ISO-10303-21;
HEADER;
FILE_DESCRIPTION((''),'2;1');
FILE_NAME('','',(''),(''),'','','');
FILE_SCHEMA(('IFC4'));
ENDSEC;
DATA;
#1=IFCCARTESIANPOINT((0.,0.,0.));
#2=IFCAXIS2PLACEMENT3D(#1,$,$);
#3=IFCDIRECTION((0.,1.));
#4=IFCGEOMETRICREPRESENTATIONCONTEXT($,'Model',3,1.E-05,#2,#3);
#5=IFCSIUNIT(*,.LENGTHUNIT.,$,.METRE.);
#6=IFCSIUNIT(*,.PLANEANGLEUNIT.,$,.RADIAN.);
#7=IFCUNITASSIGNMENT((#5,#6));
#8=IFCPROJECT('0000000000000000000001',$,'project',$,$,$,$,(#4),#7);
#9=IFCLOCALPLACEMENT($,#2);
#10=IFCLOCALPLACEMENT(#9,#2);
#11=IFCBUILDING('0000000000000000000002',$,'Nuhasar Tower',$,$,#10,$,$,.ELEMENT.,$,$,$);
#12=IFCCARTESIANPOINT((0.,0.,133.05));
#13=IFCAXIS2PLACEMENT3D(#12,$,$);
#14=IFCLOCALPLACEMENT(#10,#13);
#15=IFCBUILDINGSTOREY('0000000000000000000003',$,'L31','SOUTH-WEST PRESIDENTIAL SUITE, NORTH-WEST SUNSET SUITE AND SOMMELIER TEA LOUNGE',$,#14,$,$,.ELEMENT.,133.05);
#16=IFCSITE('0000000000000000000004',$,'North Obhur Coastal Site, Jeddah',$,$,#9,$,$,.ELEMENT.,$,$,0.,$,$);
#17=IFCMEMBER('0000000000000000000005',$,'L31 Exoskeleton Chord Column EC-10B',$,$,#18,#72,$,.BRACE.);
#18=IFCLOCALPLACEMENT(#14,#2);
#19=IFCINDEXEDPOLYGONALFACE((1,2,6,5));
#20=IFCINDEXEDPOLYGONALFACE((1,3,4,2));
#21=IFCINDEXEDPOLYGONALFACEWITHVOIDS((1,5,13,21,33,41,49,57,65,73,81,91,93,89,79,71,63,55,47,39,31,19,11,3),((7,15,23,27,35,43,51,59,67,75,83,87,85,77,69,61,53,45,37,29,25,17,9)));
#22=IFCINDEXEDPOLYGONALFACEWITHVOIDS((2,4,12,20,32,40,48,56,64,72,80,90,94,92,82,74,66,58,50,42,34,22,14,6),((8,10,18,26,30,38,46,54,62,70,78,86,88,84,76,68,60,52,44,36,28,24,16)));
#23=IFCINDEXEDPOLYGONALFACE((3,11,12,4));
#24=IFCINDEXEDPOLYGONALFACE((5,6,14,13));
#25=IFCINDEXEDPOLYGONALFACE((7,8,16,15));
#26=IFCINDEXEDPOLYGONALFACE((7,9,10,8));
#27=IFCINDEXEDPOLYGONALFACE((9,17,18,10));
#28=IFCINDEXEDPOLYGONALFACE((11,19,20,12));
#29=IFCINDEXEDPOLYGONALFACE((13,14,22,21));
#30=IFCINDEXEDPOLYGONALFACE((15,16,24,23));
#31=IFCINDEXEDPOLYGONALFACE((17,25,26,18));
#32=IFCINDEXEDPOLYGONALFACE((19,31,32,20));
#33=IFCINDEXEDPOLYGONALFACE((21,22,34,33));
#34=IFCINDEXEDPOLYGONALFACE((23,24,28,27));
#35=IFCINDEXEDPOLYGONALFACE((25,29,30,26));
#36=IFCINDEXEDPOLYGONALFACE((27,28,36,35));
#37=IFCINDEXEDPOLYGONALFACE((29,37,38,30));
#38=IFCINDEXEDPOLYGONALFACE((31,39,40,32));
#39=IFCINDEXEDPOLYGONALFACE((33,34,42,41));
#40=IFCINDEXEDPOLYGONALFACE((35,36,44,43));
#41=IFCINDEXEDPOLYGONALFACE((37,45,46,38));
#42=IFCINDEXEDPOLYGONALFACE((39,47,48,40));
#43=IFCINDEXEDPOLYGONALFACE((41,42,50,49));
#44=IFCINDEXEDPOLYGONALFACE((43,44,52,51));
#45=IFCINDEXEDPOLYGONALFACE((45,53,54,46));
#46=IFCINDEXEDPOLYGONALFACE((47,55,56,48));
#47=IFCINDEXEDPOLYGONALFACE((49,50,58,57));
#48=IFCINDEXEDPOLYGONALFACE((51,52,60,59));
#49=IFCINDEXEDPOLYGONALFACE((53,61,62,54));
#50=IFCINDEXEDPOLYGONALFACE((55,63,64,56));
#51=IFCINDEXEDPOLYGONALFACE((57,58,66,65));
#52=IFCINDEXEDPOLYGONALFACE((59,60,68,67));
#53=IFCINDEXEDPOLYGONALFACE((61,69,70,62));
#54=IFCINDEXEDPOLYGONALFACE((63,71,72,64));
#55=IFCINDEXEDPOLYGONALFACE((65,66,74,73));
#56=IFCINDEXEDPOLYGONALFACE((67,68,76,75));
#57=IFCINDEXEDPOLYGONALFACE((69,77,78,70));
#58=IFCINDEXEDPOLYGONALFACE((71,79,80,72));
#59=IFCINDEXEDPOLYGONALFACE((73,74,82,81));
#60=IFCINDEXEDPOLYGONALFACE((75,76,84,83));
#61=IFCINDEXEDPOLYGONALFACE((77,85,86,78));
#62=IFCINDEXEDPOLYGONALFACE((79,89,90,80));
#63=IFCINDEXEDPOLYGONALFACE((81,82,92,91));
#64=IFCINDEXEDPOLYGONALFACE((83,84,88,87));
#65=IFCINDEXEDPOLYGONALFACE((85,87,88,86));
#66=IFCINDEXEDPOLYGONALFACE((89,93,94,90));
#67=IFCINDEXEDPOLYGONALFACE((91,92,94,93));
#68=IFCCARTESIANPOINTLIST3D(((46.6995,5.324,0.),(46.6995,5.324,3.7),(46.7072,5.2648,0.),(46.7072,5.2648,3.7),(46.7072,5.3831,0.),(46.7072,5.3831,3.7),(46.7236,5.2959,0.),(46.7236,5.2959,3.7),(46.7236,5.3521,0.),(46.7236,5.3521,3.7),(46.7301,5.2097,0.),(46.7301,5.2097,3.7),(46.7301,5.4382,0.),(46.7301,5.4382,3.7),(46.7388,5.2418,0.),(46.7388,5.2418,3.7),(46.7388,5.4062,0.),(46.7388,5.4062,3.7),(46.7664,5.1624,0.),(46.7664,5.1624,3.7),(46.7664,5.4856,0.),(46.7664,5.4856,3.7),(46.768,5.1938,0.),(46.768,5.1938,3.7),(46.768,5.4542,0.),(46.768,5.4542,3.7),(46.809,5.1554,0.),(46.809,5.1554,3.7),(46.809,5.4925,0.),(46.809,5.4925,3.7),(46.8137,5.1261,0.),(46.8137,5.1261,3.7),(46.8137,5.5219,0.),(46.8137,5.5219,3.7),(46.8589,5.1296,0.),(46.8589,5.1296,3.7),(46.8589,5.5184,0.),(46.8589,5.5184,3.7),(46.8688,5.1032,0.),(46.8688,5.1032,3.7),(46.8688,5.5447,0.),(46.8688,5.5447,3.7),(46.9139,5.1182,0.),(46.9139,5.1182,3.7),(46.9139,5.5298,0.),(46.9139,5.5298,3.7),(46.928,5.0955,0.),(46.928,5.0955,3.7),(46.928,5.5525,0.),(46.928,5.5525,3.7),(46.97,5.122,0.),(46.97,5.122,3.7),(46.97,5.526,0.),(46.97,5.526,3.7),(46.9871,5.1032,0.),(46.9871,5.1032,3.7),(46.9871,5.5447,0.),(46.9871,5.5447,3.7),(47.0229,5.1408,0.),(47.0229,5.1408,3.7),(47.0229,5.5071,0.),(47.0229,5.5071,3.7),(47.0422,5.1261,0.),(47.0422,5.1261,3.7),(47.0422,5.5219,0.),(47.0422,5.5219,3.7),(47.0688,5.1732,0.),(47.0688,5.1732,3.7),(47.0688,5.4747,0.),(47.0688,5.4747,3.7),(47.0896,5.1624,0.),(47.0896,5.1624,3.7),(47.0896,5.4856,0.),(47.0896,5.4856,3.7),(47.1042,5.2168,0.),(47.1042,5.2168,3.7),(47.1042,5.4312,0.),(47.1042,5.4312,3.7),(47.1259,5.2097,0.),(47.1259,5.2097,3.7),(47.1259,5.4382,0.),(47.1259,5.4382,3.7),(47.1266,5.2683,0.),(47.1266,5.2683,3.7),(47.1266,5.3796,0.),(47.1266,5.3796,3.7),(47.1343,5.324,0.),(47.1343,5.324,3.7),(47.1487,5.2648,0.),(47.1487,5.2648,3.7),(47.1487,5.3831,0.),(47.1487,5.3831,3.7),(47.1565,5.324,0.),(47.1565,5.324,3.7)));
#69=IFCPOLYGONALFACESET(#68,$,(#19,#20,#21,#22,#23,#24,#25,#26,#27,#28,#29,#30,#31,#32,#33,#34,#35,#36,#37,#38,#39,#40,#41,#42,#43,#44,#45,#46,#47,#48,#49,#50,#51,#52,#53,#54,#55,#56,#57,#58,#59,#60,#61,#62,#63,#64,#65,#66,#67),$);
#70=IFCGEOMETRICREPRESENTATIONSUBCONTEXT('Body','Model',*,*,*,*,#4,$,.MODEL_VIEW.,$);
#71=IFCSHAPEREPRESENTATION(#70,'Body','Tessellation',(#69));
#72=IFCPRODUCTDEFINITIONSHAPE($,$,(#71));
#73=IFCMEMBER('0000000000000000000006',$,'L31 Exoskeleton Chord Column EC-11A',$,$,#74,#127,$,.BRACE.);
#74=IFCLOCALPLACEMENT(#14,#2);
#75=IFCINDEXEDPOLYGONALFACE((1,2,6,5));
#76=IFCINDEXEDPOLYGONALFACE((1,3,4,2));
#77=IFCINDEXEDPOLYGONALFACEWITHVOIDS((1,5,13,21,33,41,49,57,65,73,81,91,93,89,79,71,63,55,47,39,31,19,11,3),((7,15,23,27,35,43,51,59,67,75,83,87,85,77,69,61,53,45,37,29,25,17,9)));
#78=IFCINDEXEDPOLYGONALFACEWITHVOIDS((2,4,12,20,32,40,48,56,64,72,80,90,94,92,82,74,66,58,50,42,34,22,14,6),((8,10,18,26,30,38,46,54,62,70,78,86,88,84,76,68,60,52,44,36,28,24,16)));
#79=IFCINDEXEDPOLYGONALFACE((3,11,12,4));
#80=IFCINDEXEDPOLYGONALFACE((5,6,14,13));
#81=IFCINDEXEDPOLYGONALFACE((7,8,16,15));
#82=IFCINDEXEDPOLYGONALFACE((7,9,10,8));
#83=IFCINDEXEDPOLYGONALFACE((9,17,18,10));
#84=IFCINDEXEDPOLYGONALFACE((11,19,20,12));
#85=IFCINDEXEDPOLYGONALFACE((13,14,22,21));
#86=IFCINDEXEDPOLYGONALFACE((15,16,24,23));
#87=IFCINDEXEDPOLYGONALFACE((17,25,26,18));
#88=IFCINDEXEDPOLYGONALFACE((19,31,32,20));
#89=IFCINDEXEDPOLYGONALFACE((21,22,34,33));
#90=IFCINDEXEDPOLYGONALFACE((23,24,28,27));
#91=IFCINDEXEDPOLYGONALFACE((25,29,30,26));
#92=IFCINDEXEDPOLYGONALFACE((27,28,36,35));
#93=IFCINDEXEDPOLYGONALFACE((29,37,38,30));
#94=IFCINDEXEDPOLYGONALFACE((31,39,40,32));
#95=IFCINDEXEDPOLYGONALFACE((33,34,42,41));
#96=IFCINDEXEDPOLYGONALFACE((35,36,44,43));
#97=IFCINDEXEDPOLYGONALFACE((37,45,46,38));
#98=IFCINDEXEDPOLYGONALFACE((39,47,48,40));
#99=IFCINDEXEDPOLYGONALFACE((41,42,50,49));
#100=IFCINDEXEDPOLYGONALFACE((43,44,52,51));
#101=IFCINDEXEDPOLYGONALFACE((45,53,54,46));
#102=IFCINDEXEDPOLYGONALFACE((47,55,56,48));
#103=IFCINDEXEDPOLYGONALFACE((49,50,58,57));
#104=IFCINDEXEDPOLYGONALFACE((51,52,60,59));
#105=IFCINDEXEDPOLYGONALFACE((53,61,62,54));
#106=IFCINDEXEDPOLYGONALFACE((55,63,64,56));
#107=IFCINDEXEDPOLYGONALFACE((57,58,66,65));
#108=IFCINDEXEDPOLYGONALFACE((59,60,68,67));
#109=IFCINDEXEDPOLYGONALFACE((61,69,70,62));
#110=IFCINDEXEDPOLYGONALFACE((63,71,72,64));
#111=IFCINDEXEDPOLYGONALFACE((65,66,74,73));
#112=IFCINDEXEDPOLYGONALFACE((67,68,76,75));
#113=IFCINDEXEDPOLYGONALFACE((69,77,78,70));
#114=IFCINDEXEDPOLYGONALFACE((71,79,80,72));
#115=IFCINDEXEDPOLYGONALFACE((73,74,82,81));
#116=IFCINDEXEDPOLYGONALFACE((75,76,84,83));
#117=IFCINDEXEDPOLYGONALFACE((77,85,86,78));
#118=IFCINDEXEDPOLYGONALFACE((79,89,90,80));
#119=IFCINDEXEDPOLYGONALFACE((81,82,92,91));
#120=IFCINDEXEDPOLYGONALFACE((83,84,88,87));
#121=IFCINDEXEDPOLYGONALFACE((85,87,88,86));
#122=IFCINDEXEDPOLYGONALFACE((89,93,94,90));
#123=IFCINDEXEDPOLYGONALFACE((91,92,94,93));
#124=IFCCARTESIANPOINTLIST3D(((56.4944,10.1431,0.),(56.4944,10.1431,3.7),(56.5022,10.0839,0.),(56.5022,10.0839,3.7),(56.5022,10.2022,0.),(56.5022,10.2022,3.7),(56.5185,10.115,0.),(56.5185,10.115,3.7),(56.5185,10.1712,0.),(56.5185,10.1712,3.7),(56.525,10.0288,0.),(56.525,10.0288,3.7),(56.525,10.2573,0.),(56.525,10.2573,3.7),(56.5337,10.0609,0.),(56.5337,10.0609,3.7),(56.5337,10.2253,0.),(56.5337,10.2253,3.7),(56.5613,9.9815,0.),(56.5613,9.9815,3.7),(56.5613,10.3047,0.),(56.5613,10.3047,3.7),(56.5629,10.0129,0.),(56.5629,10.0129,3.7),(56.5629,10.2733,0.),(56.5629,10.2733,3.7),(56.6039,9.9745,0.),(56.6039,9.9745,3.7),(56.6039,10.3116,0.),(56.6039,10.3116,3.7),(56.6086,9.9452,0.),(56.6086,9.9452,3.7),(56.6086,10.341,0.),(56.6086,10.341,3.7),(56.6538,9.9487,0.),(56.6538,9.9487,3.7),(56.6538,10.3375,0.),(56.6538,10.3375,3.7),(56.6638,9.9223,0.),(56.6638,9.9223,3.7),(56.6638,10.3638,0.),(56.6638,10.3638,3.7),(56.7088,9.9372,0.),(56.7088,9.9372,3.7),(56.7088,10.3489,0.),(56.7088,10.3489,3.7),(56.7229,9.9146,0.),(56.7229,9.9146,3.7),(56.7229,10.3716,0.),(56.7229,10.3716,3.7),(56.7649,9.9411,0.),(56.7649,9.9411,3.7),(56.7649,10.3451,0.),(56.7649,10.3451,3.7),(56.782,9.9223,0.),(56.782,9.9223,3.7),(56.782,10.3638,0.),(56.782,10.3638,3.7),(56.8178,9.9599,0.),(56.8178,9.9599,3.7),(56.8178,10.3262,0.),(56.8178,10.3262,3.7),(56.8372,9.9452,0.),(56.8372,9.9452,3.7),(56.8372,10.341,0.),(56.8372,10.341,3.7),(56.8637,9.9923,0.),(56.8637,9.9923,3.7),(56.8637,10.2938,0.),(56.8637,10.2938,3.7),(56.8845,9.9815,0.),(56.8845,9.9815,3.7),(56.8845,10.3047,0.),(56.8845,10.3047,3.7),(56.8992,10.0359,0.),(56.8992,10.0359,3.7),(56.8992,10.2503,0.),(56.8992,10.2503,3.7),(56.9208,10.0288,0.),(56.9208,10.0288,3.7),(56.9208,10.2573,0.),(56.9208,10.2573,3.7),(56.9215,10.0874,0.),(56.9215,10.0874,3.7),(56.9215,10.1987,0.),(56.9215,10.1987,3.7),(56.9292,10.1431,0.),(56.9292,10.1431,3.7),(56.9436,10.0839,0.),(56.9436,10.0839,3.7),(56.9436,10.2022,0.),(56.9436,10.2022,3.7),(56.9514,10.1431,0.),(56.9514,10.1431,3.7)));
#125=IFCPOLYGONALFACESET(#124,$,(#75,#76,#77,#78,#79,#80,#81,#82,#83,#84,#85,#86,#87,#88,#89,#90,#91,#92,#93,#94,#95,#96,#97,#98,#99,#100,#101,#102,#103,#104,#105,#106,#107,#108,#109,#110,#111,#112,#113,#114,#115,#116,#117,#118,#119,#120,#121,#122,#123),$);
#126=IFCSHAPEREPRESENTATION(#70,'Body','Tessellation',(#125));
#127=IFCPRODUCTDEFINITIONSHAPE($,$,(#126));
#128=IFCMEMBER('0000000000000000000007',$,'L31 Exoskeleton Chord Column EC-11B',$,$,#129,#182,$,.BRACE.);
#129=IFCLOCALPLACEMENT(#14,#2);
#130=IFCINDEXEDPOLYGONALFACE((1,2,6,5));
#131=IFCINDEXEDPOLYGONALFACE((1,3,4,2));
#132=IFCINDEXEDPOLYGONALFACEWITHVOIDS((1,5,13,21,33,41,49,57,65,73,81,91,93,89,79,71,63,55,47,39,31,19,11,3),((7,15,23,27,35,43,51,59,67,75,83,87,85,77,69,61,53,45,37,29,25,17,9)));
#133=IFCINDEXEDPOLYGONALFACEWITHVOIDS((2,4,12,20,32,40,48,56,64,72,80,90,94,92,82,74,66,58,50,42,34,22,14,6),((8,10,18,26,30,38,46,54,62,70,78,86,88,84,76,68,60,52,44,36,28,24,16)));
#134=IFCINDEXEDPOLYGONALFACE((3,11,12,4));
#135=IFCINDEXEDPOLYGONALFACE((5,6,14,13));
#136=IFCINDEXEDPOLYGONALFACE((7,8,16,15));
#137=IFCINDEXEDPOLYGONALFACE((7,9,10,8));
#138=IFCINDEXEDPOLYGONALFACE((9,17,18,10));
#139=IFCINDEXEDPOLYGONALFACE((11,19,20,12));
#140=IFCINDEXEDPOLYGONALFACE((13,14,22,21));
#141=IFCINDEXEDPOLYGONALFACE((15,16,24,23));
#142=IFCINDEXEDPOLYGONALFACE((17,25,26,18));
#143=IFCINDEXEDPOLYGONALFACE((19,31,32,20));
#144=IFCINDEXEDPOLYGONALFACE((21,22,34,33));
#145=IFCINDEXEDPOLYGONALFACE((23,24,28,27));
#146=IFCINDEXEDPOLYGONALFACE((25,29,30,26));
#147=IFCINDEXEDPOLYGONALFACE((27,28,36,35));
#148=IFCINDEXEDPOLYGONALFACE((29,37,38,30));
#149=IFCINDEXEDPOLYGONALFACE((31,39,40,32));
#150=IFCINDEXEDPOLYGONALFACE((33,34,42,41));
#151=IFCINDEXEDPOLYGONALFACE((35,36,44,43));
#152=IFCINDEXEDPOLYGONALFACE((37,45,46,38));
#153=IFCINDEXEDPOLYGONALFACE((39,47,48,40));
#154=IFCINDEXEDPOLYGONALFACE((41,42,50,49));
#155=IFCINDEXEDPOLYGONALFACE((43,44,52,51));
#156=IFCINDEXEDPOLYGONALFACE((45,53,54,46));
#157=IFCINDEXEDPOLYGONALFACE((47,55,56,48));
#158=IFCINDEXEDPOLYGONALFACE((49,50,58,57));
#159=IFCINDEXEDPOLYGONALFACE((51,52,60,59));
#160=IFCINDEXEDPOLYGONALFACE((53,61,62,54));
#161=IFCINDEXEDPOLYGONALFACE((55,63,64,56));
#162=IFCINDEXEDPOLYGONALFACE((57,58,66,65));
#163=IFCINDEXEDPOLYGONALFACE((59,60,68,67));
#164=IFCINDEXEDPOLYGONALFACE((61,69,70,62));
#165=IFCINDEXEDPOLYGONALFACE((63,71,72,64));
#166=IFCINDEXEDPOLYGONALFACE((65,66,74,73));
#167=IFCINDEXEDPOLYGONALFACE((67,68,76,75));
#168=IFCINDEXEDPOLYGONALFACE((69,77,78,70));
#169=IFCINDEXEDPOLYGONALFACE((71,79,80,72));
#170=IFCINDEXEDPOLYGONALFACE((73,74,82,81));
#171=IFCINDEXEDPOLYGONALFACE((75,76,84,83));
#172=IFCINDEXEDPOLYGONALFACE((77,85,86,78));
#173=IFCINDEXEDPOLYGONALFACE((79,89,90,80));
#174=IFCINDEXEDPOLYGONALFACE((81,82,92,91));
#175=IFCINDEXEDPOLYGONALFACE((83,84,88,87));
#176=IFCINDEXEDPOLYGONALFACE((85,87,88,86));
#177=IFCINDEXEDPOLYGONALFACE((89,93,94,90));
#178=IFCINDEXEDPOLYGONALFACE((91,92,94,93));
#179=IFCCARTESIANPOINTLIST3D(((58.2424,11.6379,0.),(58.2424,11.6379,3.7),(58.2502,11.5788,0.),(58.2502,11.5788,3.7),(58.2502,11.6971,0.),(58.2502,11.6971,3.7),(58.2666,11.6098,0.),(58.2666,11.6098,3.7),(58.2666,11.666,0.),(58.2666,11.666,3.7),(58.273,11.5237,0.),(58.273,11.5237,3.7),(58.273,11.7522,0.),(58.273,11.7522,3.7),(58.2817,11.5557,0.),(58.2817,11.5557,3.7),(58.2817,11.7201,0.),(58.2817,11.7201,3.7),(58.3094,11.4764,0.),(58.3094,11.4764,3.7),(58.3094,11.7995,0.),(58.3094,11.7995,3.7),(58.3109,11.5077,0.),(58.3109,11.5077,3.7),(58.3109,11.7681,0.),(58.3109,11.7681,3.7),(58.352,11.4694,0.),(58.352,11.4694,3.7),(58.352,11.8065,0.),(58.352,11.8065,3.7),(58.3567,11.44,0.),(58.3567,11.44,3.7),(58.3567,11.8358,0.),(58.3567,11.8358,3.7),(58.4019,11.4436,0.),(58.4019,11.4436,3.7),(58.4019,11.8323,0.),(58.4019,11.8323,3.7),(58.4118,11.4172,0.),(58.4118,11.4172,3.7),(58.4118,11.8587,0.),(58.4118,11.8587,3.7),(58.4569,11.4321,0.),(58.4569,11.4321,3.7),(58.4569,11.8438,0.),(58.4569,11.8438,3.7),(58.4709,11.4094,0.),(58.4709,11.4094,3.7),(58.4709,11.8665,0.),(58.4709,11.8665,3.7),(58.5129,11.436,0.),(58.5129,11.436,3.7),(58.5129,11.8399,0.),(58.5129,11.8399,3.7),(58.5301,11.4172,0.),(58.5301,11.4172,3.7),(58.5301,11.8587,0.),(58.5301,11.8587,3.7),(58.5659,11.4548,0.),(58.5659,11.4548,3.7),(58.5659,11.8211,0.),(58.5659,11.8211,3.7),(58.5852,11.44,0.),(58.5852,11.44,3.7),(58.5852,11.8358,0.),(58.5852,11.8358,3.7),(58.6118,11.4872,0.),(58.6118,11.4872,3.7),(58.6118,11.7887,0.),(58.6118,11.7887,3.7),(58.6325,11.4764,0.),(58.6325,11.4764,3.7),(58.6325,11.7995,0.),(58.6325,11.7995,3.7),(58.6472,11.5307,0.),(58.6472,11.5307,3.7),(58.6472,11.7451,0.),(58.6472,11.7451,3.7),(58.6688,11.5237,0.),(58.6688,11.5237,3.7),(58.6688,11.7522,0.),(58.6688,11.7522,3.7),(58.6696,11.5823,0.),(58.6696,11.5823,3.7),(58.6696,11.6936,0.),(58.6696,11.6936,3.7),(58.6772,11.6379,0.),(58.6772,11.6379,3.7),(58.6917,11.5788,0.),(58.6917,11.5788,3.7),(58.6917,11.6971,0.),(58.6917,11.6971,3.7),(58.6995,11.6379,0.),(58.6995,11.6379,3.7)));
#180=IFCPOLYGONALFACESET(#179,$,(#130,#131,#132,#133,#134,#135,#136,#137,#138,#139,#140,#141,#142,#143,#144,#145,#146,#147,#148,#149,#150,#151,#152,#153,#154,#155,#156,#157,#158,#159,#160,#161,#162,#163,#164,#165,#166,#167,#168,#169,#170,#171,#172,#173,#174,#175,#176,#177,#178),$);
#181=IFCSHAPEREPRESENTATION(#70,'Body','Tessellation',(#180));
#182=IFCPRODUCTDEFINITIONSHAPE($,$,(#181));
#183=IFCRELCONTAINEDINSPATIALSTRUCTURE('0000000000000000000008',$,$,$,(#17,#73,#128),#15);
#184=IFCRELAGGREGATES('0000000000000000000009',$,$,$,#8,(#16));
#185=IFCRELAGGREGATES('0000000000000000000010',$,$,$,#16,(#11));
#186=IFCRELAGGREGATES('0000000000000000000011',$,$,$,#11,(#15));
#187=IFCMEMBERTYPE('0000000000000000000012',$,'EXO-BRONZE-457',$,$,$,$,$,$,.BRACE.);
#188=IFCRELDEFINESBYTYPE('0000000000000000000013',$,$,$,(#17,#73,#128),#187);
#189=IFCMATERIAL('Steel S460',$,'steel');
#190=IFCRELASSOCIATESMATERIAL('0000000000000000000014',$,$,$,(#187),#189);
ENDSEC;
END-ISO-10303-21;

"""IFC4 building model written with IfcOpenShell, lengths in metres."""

from ifc_helpers import new_model, si_unit, direction, frame, origin, origin_2d, place, context, subcontext, project, spatial, hollow_circle, extrude, material, material_profile, profile_set, type_object, element, save


model = new_model("IFC4")

# Units and contexts
model_context = context("Model", 3, precision=1e-05, world=origin(), true_north=direction((0.0, 1.0)))
body_context = subcontext(model_context, "Body", "Model", "MODEL_VIEW")
ifc_project = project(units=[si_unit("LENGTHUNIT", "METRE"), si_unit("PLANEANGLEUNIT", "RADIAN")], contexts=[model_context])

# Site, building, storey
site_placement = place(None, origin())
site = spatial("IfcSite", under=ifc_project, at=site_placement, Name="North Obhur Coastal Site, Jeddah", CompositionType="ELEMENT", RefElevation=0.0)
building_placement = place(site_placement, origin())
building = spatial("IfcBuilding", under=site, at=building_placement, Name="Nuhasar Tower", CompositionType="ELEMENT")
storey_placement = place(building_placement, frame((0.0, 0.0, 133.05)))
storey = spatial("IfcBuildingStorey", under=building, at=storey_placement, Name="L31", Description="SOUTH-WEST PRESIDENTIAL SUITE, NORTH-WEST SUNSET SUITE AND SOMMELIER TEA LOUNGE", CompositionType="ELEMENT", Elevation=133.05)

# Members
ifc_material_1 = material(Name="Steel S460", Category="steel")
ifc_material_profile_1 = material_profile(ifc_material_1, hollow_circle(Radius=0.2285, WallThickness=0.0222, at=origin_2d()), Name="HSS457X22.2")
ifc_profile_set_1 = profile_set([ifc_material_profile_1], Name="Steel S460")
member_type_1 = type_object("IfcMemberType", Name="EXO-BRONZE-457", PredefinedType="BRACE", material=ifc_profile_set_1)
for number, where, z_axis, x_axis, name in (
    (1, (46.928, 5.324, 0.0), (0.0, 0.0, 1.0), (1.0, 0.0, 0.0), "L31 Exoskeleton Chord Column EC-10B"),
    (2, (56.7229, 10.1431, 0.0), (0.0, 0.0, 1.0), (1.0, 0.0, 0.0), "L31 Exoskeleton Chord Column EC-11A"),
    (3, (58.4709, 11.6379, 0.0), (0.0, 0.0, 1.0), (1.0, 0.0, 0.0), "L31 Exoskeleton Chord Column EC-11B"),
):
    element("IfcMember", number, at=place(storey_placement, frame(where, z_axis=z_axis, x_axis=x_axis)), inside=storey, type_object=member_type_1, Name=name, PredefinedType="BRACE", context=body_context, shape_type="SweptSolid", body=[
        extrude(hollow_circle(Radius=0.2285, WallThickness=0.0222, at=origin_2d()), origin(), (0.0, 0.0, 1.0), 3.7),
    ])

save(model, "model.ifc")
